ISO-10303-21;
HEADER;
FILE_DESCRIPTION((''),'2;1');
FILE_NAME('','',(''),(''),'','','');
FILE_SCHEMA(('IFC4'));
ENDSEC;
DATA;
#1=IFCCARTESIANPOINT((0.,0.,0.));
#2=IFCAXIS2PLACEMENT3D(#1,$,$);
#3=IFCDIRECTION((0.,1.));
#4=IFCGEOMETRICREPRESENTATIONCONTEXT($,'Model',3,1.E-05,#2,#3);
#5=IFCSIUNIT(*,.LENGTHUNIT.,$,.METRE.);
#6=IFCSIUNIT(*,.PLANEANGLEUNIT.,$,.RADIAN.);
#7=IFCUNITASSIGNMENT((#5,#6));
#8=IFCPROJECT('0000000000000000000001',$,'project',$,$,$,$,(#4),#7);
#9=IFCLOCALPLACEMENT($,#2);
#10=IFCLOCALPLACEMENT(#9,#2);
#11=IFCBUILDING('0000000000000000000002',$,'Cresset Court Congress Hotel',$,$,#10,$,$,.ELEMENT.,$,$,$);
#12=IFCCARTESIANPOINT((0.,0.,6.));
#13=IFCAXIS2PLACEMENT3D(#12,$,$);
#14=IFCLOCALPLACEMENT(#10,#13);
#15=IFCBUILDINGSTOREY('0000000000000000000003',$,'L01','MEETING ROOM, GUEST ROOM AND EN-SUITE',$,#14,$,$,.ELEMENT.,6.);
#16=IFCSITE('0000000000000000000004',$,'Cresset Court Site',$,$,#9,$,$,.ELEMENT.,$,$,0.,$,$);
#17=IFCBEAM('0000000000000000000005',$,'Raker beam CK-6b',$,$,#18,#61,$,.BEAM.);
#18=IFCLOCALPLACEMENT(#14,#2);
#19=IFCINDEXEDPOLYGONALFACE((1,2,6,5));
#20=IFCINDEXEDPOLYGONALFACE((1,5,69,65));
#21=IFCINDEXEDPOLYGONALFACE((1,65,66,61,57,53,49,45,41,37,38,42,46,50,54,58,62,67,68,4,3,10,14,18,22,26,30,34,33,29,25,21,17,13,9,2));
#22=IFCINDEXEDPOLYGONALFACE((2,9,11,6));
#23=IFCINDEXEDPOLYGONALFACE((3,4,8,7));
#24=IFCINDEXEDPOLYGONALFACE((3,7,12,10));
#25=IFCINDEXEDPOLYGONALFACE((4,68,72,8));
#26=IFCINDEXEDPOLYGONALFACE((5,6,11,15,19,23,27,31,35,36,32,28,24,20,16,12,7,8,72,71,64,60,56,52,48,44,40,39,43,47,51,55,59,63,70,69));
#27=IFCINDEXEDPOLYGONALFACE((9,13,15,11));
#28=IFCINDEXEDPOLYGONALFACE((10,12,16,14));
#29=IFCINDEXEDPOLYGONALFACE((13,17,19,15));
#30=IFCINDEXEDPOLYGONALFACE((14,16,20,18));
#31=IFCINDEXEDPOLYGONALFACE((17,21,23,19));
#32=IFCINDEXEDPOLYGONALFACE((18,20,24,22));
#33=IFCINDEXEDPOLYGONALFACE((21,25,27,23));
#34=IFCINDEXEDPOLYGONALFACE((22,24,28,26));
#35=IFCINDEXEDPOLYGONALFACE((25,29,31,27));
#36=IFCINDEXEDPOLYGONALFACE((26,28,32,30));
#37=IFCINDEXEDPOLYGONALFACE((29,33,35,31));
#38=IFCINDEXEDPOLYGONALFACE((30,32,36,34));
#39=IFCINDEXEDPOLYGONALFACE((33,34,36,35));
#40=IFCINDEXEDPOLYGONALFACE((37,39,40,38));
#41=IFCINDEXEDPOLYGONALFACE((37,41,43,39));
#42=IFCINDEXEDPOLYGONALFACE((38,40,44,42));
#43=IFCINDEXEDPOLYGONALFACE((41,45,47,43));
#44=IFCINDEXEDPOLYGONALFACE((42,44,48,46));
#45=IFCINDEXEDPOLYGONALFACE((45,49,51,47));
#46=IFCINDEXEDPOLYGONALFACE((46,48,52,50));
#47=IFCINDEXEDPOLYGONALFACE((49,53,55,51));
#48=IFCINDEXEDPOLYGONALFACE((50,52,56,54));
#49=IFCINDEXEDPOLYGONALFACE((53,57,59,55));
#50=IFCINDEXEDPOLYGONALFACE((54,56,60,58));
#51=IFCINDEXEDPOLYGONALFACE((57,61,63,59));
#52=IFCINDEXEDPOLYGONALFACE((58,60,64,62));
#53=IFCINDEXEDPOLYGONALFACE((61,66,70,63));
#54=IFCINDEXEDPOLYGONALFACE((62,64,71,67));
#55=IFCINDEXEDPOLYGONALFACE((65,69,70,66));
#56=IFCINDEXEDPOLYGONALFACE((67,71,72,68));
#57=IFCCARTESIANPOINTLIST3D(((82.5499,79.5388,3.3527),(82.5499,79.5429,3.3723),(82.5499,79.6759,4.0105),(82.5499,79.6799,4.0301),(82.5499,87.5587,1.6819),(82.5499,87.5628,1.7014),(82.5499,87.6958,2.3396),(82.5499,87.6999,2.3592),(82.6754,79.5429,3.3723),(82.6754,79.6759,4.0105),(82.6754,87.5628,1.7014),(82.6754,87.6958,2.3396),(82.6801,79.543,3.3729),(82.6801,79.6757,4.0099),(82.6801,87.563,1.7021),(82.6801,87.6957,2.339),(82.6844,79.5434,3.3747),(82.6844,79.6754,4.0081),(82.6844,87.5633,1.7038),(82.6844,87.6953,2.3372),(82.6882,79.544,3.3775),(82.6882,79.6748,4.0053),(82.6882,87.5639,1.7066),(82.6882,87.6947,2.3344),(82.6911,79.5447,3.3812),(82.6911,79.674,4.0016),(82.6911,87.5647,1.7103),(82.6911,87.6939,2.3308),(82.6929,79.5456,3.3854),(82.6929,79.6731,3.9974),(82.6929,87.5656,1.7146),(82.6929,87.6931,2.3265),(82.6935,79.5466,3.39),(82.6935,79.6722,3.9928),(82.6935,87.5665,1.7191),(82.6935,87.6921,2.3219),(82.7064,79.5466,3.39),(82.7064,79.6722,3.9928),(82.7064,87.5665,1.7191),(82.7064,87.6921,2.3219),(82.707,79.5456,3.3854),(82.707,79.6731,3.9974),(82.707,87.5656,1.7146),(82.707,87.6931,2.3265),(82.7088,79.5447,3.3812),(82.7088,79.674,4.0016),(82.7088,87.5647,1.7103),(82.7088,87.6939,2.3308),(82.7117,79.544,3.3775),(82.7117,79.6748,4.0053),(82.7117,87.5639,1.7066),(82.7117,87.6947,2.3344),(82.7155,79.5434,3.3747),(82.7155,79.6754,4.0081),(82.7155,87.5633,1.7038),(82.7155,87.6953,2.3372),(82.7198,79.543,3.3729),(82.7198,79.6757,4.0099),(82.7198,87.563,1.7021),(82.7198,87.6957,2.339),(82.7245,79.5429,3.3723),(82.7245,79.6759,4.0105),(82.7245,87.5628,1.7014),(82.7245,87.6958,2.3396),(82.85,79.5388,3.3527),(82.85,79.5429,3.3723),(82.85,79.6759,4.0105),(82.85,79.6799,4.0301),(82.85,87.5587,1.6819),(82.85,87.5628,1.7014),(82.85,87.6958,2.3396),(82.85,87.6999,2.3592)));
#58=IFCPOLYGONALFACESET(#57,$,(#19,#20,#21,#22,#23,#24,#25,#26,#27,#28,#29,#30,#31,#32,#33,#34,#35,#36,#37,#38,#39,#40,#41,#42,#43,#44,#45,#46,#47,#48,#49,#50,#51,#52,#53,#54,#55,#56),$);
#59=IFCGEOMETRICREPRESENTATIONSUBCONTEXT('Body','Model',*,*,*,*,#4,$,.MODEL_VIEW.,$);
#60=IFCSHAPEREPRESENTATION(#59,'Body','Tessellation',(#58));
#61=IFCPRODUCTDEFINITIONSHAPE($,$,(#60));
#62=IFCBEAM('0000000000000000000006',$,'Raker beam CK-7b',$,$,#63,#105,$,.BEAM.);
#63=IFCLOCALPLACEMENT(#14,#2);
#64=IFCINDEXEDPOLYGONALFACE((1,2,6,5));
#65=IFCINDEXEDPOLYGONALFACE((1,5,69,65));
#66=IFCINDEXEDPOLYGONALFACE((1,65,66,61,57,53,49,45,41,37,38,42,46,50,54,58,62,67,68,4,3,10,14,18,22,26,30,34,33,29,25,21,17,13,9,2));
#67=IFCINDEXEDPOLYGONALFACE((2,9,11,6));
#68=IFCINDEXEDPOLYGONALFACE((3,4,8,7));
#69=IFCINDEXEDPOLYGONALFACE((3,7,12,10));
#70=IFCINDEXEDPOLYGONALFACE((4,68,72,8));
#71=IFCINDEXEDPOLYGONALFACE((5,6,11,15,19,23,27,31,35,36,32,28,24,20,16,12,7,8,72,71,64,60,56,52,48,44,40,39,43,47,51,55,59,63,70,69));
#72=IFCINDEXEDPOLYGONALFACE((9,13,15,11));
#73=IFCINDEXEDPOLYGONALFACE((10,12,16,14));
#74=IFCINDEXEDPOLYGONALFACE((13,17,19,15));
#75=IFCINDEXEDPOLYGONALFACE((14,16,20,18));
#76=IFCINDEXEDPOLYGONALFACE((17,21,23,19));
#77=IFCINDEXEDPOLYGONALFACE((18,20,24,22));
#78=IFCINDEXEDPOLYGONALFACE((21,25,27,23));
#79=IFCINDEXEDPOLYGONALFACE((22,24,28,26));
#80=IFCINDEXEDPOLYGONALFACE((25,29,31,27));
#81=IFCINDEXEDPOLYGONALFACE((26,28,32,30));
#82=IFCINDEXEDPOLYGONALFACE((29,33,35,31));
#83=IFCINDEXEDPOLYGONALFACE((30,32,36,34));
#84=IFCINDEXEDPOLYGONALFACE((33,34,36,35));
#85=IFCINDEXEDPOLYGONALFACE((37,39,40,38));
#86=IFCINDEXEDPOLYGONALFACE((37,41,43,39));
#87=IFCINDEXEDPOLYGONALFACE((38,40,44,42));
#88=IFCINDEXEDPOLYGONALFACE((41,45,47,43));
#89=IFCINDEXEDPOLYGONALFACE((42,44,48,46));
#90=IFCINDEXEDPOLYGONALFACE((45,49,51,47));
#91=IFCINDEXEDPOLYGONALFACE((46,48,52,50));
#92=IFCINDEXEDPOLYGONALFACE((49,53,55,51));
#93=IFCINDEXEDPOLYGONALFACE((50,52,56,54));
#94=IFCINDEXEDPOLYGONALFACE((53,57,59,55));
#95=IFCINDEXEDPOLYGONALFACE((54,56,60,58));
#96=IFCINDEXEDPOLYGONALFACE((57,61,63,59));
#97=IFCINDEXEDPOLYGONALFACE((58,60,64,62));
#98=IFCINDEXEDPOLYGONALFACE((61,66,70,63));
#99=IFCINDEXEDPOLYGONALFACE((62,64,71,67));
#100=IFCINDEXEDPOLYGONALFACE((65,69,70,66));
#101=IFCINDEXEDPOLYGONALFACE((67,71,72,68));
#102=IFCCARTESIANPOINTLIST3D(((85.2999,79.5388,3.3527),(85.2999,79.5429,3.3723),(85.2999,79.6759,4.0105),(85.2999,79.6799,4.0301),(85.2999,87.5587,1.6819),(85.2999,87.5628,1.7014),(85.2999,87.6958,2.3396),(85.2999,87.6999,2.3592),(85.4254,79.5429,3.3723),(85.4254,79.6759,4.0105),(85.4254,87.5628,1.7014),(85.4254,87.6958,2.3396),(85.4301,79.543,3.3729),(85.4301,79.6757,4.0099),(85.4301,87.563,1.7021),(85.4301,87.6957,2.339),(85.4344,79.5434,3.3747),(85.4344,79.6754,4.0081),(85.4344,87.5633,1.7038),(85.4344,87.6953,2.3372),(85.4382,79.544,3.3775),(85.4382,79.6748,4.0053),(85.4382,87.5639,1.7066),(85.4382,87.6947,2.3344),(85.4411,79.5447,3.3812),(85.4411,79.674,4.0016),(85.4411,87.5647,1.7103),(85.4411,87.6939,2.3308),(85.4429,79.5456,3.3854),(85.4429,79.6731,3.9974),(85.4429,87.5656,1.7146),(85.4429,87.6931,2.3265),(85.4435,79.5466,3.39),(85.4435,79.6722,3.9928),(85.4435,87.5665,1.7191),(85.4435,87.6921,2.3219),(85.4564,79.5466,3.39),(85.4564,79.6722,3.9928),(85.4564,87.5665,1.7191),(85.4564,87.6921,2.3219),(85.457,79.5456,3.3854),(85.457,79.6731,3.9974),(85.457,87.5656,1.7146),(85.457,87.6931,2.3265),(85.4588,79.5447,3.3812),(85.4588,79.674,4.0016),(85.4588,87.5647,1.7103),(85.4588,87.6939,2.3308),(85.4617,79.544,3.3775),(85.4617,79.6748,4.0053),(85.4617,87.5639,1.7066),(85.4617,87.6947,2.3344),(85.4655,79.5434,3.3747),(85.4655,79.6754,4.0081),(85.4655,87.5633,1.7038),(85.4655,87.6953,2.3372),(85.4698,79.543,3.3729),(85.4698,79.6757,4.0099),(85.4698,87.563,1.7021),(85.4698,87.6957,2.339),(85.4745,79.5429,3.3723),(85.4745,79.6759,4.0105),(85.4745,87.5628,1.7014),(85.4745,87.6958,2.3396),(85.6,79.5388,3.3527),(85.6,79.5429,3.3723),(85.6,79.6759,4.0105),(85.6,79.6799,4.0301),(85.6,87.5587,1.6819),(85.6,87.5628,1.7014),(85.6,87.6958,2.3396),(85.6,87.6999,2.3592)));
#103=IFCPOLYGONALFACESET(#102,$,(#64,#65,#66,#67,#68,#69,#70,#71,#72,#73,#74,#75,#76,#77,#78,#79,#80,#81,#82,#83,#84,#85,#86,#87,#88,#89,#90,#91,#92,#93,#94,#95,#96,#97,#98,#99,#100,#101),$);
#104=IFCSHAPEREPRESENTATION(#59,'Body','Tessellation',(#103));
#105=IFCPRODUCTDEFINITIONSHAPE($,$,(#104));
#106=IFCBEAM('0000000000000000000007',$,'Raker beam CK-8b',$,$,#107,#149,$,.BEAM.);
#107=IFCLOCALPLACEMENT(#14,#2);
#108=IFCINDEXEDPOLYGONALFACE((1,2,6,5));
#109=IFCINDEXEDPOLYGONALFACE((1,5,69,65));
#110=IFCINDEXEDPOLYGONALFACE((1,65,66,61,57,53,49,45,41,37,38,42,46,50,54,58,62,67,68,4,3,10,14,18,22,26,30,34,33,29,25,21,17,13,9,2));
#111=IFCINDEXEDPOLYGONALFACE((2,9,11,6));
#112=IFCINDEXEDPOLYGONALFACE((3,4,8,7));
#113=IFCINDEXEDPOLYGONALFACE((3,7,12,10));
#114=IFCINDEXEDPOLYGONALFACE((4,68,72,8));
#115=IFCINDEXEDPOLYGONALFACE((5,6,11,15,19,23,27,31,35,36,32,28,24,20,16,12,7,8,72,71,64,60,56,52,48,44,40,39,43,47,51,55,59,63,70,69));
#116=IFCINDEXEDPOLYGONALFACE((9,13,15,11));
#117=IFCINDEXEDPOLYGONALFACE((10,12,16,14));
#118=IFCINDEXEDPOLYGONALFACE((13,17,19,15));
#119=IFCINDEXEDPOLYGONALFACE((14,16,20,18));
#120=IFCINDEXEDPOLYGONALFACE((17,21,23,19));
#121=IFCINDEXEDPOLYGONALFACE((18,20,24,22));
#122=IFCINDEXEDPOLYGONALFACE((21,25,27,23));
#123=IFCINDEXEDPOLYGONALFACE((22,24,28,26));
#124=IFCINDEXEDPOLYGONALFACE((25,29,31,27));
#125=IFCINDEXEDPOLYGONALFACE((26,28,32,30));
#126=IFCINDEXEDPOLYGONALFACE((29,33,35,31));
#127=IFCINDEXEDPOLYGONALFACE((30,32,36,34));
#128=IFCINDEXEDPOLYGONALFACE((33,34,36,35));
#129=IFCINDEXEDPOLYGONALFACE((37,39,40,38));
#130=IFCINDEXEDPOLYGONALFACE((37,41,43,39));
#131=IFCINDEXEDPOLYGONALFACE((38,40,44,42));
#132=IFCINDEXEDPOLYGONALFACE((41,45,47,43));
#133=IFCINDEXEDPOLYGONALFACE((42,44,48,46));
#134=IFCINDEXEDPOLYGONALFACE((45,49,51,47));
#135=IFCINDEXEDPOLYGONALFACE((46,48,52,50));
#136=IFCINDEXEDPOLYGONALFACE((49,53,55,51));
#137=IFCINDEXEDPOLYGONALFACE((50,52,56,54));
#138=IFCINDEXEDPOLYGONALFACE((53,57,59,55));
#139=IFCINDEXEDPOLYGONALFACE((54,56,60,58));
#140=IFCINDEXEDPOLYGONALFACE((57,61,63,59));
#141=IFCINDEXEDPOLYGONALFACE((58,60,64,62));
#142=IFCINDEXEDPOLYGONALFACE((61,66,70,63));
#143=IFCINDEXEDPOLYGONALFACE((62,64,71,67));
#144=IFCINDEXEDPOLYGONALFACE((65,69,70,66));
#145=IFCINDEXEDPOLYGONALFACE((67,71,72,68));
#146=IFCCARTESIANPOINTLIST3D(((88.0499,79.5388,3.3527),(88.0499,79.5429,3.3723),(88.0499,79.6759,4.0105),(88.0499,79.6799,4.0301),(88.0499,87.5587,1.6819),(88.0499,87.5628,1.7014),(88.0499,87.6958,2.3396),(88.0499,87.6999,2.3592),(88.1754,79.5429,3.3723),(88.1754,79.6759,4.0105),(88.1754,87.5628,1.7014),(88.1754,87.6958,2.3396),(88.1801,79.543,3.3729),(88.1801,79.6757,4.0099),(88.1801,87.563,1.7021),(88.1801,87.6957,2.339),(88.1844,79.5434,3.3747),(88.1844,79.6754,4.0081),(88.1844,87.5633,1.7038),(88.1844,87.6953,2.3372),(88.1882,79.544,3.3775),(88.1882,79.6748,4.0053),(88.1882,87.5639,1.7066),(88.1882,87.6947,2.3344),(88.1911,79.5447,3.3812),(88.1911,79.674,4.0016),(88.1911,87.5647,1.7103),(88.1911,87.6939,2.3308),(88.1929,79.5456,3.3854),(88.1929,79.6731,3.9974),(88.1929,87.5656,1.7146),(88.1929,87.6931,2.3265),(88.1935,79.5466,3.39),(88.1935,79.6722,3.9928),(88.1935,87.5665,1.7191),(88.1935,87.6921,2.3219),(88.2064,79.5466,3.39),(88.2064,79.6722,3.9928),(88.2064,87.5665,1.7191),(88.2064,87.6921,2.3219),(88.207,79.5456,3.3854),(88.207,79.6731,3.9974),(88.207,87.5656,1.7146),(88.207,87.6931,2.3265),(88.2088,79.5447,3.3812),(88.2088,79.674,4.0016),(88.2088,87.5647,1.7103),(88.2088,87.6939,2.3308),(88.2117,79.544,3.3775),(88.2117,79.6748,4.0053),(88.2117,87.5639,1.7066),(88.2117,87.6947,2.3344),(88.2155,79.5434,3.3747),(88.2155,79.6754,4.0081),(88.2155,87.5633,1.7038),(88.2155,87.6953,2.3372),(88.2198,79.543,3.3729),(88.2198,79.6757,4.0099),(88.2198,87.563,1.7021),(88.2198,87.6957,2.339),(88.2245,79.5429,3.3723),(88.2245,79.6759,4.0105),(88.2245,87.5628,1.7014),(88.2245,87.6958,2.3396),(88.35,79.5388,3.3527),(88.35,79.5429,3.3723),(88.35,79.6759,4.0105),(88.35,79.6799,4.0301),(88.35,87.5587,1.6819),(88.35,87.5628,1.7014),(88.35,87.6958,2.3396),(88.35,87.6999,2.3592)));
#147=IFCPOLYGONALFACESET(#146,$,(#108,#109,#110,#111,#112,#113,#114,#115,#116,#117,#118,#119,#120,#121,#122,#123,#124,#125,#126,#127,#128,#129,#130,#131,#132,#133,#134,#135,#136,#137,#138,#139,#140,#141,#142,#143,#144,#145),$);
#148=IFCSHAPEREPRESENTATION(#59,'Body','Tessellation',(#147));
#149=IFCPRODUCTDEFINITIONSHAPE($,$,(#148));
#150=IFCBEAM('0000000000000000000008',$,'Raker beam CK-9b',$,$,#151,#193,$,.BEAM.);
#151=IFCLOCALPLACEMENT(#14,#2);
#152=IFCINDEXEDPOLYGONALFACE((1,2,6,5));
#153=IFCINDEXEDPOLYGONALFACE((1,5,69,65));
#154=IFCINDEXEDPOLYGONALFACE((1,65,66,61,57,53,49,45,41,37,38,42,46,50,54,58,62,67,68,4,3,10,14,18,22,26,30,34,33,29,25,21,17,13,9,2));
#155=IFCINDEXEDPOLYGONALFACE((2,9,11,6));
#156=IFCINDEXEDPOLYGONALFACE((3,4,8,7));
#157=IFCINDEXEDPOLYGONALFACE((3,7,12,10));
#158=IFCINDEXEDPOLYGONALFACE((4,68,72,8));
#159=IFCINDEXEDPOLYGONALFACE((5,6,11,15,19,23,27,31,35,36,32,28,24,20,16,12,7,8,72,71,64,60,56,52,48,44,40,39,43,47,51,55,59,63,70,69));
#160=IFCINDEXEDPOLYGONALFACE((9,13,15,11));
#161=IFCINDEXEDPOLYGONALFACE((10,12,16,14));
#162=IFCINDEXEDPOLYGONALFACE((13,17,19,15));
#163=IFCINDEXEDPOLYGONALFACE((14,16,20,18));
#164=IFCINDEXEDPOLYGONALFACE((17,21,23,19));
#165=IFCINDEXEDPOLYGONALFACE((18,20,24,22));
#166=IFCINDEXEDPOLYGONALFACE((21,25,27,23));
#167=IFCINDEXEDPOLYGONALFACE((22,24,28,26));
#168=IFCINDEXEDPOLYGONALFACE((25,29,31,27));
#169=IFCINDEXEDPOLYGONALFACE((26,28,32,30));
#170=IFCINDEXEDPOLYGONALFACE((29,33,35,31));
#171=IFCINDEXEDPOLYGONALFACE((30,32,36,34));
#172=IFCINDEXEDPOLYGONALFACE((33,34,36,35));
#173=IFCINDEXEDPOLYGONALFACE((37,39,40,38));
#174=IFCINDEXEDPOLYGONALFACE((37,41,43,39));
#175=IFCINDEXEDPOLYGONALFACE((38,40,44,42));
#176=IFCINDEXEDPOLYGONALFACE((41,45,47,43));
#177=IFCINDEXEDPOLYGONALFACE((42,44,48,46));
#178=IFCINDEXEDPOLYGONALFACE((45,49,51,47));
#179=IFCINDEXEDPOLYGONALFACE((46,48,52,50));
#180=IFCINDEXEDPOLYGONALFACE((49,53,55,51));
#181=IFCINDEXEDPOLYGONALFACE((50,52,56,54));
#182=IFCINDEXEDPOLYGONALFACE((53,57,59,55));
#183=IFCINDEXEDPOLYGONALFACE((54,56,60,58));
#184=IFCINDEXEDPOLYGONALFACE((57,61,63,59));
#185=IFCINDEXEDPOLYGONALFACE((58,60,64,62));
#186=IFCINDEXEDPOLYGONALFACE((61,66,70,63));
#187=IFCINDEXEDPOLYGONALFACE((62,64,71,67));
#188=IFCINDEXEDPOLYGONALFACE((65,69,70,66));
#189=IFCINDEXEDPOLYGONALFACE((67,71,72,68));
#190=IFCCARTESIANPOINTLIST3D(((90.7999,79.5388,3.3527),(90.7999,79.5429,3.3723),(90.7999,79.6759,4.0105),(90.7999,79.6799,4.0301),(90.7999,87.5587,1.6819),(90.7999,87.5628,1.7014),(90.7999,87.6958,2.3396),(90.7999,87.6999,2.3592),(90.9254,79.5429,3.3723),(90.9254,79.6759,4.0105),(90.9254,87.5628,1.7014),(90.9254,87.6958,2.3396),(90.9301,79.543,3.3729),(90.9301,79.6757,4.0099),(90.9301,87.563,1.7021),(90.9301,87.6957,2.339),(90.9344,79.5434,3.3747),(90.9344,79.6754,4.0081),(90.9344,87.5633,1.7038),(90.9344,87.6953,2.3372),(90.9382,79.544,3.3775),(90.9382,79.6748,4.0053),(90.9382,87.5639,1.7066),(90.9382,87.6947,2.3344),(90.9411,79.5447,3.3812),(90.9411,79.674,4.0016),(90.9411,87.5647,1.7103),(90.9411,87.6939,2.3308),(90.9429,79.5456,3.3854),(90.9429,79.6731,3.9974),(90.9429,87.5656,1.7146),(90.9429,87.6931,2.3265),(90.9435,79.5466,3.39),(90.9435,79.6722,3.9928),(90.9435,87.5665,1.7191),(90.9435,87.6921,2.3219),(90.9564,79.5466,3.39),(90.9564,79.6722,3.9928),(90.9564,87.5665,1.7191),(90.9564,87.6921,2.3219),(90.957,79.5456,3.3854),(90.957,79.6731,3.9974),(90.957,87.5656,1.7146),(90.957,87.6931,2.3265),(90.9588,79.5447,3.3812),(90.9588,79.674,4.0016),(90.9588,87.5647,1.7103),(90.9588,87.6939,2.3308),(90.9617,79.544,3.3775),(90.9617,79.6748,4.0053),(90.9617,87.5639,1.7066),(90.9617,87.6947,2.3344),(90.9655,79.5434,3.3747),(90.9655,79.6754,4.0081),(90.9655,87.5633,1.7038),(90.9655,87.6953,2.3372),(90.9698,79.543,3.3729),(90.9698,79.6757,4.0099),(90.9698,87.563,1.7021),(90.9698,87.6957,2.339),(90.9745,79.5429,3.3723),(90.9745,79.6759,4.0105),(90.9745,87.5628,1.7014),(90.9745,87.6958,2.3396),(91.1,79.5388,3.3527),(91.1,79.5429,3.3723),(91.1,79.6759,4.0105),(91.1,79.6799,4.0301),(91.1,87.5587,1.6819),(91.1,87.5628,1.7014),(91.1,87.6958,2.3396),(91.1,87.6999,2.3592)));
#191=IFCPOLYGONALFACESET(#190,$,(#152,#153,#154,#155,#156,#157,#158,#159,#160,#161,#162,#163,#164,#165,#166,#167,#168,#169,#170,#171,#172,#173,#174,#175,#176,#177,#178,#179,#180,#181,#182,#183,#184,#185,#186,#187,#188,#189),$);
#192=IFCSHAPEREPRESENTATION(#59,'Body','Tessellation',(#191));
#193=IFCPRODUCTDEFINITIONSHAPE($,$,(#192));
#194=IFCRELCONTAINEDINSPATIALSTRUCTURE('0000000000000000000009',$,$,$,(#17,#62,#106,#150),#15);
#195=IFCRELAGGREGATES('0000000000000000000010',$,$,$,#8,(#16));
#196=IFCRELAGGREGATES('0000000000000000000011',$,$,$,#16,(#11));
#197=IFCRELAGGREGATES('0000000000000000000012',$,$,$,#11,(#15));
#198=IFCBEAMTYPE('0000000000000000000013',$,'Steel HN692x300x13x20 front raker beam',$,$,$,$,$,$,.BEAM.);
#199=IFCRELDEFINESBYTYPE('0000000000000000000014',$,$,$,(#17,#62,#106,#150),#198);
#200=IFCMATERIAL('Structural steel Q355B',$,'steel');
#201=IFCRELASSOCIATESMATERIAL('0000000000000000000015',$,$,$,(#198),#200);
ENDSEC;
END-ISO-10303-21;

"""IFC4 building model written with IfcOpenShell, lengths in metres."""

from ifc_helpers import new_model, si_unit, direction, frame, origin, origin_2d, place, context, subcontext, project, spatial, i_section, extrude, material, material_profile, profile_set, type_object, element, save


model = new_model("IFC4")

# Units and contexts
model_context = context("Model", 3, precision=1e-05, world=origin(), true_north=direction((0.0, 1.0)))
body_context = subcontext(model_context, "Body", "Model", "MODEL_VIEW")
ifc_project = project(units=[si_unit("LENGTHUNIT", "METRE"), si_unit("PLANEANGLEUNIT", "RADIAN")], contexts=[model_context])

# Site, building, storey
site_placement = place(None, origin())
site = spatial("IfcSite", under=ifc_project, at=site_placement, Name="Cresset Court Site", CompositionType="ELEMENT", RefElevation=0.0)
building_placement = place(site_placement, origin())
building = spatial("IfcBuilding", under=site, at=building_placement, Name="Cresset Court Congress Hotel", CompositionType="ELEMENT")
storey_placement = place(building_placement, frame((0.0, 0.0, 6.0)))
storey = spatial("IfcBuildingStorey", under=building, at=storey_placement, Name="L01", Description="MEETING ROOM, GUEST ROOM AND EN-SUITE", CompositionType="ELEMENT", Elevation=6.0)

# Beams
ifc_material_1 = material(Name="Structural steel Q355B", Category="steel")
ifc_material_profile_1 = material_profile(ifc_material_1, i_section(OverallWidth=0.3, OverallDepth=0.6919, WebThickness=0.0129, FlangeThickness=0.02, FilletRadius=0.0181, at=origin_2d()), Name="HN692x300x13x20")
ifc_profile_set_1 = profile_set([ifc_material_profile_1], Name="Structural steel Q355B")
beam_type_1 = type_object("IfcBeamType", Name="Steel HN692x300x13x20 front raker beam", PredefinedType="BEAM", material=ifc_profile_set_1)
for number, where, z_axis, x_axis, name in (
    (1, (82.7, 79.6094, 3.6914), (0.0, 0.978979, -0.203961), (-1.0, 0.0, 0.0), "Raker beam CK-6b"),
    (2, (85.45, 79.6094, 3.6914), (0.0, 0.978979, -0.203961), (-1.0, 0.0, 0.0), "Raker beam CK-7b"),
    (3, (88.2, 79.6094, 3.6914), (0.0, 0.978979, -0.203961), (-1.0, 0.0, 0.0), "Raker beam CK-8b"),
    (4, (90.95, 79.6094, 3.6914), (0.0, 0.978979, -0.203961), (-1.0, 0.0, 0.0), "Raker beam CK-9b"),
):
    element("IfcBeam", number, at=place(storey_placement, frame(where, z_axis=z_axis, x_axis=x_axis)), inside=storey, type_object=beam_type_1, Name=name, PredefinedType="BEAM", context=body_context, shape_type="SweptSolid", body=[
        extrude(i_section(OverallWidth=0.3, OverallDepth=0.6919, WebThickness=0.0129, FlangeThickness=0.02, FilletRadius=0.0181, at=origin_2d()), origin(), (0.0, 0.0, 1.0), 8.1921),
    ])

save(model, "model.ifc")
